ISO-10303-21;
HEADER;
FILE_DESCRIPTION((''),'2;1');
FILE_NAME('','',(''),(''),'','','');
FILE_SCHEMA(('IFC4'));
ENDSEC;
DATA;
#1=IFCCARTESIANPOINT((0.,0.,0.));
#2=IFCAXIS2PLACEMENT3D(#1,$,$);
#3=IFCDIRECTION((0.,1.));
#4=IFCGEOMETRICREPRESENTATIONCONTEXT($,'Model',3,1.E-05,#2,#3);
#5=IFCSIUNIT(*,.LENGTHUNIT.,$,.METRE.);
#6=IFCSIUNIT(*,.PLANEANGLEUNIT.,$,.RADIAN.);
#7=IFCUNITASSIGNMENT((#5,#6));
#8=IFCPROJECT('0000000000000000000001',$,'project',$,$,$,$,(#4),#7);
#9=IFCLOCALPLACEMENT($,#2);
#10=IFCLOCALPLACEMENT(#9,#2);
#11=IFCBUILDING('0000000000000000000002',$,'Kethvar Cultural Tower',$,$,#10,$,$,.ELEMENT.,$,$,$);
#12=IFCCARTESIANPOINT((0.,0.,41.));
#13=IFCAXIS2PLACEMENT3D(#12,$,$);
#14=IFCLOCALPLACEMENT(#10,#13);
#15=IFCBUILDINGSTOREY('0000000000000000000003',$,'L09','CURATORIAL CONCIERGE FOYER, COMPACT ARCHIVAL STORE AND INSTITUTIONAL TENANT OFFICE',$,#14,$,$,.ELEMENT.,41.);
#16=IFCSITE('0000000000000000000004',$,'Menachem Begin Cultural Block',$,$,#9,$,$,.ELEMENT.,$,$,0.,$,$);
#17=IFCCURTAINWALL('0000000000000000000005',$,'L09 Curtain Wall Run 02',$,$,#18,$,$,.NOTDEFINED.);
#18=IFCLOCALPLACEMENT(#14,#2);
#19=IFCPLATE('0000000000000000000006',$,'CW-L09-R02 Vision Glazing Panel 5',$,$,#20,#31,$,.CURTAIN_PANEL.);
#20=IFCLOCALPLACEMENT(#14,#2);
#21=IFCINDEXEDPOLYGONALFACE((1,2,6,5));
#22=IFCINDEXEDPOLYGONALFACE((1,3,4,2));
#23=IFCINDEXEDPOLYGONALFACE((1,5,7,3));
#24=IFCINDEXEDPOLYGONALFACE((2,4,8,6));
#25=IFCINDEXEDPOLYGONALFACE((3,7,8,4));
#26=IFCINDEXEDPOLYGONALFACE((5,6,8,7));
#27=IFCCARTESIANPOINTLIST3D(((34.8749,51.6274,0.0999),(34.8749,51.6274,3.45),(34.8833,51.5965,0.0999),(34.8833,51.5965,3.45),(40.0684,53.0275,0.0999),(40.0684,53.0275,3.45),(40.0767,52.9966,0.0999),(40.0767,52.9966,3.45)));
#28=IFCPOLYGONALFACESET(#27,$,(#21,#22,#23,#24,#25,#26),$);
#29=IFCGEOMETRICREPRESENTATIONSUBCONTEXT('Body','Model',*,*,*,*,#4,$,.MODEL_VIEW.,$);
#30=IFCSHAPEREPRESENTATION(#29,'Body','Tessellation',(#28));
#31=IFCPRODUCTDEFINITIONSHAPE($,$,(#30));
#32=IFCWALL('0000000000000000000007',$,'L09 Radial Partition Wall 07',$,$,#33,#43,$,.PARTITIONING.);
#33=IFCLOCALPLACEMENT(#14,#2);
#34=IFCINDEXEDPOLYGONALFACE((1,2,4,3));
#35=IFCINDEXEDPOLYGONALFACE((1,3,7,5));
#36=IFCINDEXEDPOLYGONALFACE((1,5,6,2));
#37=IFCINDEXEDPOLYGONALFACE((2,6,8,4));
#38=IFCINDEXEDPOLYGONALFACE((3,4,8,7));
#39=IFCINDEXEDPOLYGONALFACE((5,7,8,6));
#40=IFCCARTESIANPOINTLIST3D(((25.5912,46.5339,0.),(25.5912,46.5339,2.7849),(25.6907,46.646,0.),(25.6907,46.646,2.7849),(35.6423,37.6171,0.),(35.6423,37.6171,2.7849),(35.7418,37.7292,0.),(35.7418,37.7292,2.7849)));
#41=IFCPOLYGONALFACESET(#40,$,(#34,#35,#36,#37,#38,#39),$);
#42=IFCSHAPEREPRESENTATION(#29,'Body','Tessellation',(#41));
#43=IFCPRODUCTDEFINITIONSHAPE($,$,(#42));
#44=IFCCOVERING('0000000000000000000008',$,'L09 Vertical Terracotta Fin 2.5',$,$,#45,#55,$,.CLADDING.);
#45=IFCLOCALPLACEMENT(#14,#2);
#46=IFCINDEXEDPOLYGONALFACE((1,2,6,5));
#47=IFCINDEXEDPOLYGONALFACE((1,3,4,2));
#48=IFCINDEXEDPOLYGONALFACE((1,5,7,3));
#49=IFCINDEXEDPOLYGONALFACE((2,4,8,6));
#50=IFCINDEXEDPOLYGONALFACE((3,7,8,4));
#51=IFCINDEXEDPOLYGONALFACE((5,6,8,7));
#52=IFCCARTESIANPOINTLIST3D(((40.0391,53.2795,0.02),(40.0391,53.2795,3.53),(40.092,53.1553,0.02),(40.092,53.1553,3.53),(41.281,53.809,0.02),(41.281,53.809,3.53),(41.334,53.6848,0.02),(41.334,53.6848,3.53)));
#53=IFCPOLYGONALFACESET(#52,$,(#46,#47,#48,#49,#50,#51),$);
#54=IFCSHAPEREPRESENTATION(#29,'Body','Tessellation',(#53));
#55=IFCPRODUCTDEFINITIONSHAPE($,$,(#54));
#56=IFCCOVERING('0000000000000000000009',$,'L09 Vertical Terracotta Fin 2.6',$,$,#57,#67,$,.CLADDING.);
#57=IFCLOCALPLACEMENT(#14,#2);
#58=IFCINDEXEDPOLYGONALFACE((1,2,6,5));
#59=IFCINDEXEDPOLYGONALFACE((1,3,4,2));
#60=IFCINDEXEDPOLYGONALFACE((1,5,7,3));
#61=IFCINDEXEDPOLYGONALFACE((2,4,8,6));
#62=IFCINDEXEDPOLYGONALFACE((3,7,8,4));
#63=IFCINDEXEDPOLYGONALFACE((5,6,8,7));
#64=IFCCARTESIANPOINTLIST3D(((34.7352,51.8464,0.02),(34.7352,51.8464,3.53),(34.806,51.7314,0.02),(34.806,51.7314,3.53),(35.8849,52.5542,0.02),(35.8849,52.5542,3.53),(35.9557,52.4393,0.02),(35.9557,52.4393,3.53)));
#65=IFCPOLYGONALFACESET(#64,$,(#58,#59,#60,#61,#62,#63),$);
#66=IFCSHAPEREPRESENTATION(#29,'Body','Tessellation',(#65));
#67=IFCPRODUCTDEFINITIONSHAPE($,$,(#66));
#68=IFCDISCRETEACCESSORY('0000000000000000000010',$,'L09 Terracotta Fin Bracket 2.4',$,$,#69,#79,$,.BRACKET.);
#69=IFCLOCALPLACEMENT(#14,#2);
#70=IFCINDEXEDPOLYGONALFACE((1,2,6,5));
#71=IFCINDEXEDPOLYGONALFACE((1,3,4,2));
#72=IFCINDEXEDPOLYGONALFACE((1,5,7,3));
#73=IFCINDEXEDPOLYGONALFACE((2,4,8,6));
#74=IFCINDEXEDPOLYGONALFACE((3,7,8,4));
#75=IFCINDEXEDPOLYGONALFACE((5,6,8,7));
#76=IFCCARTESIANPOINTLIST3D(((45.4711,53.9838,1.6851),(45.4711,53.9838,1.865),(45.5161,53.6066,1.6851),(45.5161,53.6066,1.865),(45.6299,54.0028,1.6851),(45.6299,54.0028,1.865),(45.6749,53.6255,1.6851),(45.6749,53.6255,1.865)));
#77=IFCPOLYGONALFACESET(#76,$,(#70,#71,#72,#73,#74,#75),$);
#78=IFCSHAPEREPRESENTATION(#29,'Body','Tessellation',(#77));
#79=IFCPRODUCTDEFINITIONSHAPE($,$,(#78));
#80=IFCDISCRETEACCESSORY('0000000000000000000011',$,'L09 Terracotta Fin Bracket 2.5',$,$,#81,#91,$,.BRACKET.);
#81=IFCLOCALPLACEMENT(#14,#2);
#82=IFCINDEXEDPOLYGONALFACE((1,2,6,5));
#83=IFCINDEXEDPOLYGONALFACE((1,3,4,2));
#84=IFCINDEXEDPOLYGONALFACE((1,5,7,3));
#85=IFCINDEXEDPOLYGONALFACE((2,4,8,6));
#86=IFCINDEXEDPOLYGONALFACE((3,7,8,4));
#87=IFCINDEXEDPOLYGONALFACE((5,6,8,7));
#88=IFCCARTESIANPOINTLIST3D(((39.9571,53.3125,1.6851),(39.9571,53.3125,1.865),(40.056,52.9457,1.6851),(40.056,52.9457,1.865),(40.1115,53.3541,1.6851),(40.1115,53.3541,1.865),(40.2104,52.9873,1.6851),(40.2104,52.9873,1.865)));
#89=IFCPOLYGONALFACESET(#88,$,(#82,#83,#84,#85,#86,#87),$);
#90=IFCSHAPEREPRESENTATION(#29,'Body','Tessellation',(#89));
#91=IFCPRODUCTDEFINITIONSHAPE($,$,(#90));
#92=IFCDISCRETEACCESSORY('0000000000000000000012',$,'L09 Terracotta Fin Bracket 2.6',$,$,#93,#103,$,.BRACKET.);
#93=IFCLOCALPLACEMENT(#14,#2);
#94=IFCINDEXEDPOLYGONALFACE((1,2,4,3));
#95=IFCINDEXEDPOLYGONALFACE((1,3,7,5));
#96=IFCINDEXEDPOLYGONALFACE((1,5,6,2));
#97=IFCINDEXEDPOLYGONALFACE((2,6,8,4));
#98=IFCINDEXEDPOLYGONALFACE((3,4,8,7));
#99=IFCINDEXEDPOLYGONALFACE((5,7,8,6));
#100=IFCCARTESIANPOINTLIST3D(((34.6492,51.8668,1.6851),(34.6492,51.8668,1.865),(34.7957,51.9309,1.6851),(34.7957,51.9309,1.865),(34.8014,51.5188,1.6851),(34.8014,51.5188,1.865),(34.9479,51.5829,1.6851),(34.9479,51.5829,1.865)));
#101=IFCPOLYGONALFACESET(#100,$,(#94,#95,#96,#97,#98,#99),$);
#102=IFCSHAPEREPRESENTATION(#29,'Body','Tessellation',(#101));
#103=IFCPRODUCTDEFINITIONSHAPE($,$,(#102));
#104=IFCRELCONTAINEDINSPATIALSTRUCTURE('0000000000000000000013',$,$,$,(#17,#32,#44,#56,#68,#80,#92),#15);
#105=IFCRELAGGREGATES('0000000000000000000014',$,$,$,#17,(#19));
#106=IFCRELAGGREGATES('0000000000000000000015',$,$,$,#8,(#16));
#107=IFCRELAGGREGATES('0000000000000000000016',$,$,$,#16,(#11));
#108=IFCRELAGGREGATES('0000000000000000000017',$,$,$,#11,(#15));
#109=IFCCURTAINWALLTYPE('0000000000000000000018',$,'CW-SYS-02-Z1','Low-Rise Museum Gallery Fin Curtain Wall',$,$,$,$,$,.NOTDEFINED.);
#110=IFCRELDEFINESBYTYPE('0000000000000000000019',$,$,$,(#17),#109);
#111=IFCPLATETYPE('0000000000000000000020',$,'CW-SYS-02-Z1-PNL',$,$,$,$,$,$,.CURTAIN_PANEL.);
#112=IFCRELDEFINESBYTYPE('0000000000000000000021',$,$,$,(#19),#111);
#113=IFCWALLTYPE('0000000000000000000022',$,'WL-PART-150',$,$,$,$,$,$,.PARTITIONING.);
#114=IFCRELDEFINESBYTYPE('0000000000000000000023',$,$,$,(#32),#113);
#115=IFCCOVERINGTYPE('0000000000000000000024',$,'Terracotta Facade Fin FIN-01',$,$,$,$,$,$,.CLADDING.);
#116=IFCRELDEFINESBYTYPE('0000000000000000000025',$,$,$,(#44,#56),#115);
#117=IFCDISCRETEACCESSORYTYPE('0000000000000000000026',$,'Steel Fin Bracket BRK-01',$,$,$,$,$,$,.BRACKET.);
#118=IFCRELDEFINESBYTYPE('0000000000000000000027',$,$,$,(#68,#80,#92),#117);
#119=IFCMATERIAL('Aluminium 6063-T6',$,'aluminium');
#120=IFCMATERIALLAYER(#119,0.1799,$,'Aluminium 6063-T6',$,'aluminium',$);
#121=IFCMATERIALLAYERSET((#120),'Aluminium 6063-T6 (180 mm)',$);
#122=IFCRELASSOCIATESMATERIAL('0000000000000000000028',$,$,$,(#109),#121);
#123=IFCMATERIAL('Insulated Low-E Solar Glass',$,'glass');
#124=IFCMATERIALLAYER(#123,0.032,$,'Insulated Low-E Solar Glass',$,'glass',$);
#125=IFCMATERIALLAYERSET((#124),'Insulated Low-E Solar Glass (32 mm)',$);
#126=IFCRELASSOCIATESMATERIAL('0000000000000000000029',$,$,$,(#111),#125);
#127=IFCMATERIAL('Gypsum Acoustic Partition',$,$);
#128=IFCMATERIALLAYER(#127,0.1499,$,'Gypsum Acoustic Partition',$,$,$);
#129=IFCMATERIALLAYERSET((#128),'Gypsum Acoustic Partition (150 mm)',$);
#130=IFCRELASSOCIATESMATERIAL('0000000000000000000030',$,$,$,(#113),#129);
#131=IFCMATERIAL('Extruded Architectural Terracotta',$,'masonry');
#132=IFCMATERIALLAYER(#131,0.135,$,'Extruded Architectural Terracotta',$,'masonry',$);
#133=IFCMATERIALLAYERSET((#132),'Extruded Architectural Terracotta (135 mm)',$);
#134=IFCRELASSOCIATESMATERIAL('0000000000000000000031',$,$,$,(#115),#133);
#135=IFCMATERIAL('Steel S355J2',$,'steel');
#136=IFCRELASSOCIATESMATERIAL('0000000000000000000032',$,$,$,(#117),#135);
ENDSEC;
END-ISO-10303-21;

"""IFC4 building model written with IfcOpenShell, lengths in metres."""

from ifc_helpers import new_model, si_unit, direction, frame, frame_2d, origin, origin_2d, place, context, subcontext, project, spatial, rectangle, extrude, source, transform, mapped, material, layer, layer_set, type_object, element, aggregate, save


model = new_model("IFC4")

# Units and contexts
model_context = context("Model", 3, precision=1e-05, world=origin(), true_north=direction((0.0, 1.0)))
body_context = subcontext(model_context, "Body", "Model", "MODEL_VIEW")
ifc_project = project(units=[si_unit("LENGTHUNIT", "METRE"), si_unit("PLANEANGLEUNIT", "RADIAN")], contexts=[model_context])

# Site, building, storey
site_placement = place(None, origin())
site = spatial("IfcSite", under=ifc_project, at=site_placement, Name="Menachem Begin Cultural Block", CompositionType="ELEMENT", RefElevation=0.0)
building_placement = place(site_placement, origin())
building = spatial("IfcBuilding", under=site, at=building_placement, Name="Kethvar Cultural Tower", CompositionType="ELEMENT")
storey_placement = place(building_placement, frame((0.0, 0.0, 41.0)))
storey = spatial("IfcBuildingStorey", under=building, at=storey_placement, Name="L09", Description="CURATORIAL CONCIERGE FOYER, COMPACT ARCHIVAL STORE AND INSTITUTIONAL TENANT OFFICE", CompositionType="ELEMENT", Elevation=41.0)

# Shared definitions
ifc_material_1 = material(Name="Steel S355J2", Category="steel")

# Curtain wall, plate
ifc_material_2 = material(Name="Aluminium 6063-T6", Category="aluminium")
ifc_layer_1 = layer(ifc_material_2, 0.1799, Name="Aluminium 6063-T6", Category="aluminium")
ifc_layer_set_1 = layer_set([ifc_layer_1], Name="Aluminium 6063-T6 (180 mm)")
curtain_wall_type = type_object("IfcCurtainWallType", Name="CW-SYS-02-Z1", Description="Low-Rise Museum Gallery Fin Curtain Wall", PredefinedType="NOTDEFINED", material=ifc_layer_set_1)
curtain_wall_placement = place(storey_placement, origin())
curtain_wall = element("IfcCurtainWall", 1, at=curtain_wall_placement, inside=storey, type_object=curtain_wall_type, Name="L09 Curtain Wall Run 02", PredefinedType="NOTDEFINED")
ifc_material_3 = material(Name="Insulated Low-E Solar Glass", Category="glass")
ifc_layer_2 = layer(ifc_material_3, 0.032, Name="Insulated Low-E Solar Glass", Category="glass")
ifc_layer_set_2 = layer_set([ifc_layer_2], Name="Insulated Low-E Solar Glass (32 mm)")
plate_type = type_object("IfcPlateType", Name="CW-SYS-02-Z1-PNL", PredefinedType="CURTAIN_PANEL", material=ifc_layer_set_2)
shared_shape_1 = source(origin(), body_context, "Body", "SweptSolid", [
    extrude(rectangle(XDim=5.3789, YDim=0.032, at=origin_2d()), origin(), (0.0, 0.0, 1.0), 3.3501),
])
plate_1_placement = place(storey_placement, frame((37.4758, 52.312, 0.0999), z_axis=(0.0, 0.0, 1.0), x_axis=(-0.965527, -0.260302, 0.0)))
plate_1 = element("IfcPlate", 2, at=plate_1_placement, type_object=plate_type, Name="CW-L09-R02 Vision Glazing Panel 5", PredefinedType="CURTAIN_PANEL", context=body_context, shape_type="MappedRepresentation", body=[
    mapped(shared_shape_1, transform((0.0, 0.0, 0.0), scale=1.0)),
])
aggregate(curtain_wall, [plate_1])

# Wall
ifc_material_4 = material(Name="Gypsum Acoustic Partition")
ifc_layer_3 = layer(ifc_material_4, 0.1499, Name="Gypsum Acoustic Partition")
ifc_layer_set_3 = layer_set([ifc_layer_3], Name="Gypsum Acoustic Partition (150 mm)")
wall_type = type_object("IfcWallType", Name="WL-PART-150", PredefinedType="PARTITIONING", material=ifc_layer_set_3)
wall_placement = place(storey_placement, frame((35.6921, 37.6731, 0.0), z_axis=(0.0, 0.0, 1.0), x_axis=(-0.748056, 0.663636, 0.0)))
element("IfcWall", 3, at=wall_placement, inside=storey, type_object=wall_type, Name="L09 Radial Partition Wall 07", PredefinedType="PARTITIONING", context=body_context, shape_type="SweptSolid", body=[
    extrude(rectangle(XDim=13.4363, YDim=0.1499, at=frame_2d((6.7183, 0.0))), origin(), (0.0, 0.0, 1.0), 2.7849),
])

# Coverings
ifc_material_5 = material(Name="Extruded Architectural Terracotta", Category="masonry")
ifc_layer_4 = layer(ifc_material_5, 0.135, Name="Extruded Architectural Terracotta", Category="masonry")
ifc_layer_set_4 = layer_set([ifc_layer_4], Name="Extruded Architectural Terracotta (135 mm)")
covering_type = type_object("IfcCoveringType", Name="Terracotta Facade Fin FIN-01", PredefinedType="CLADDING", material=ifc_layer_set_4)
shared_shape_2 = source(origin(), body_context, "Body", "SweptSolid", [
    extrude(rectangle(XDim=1.3501, YDim=0.135, at=origin_2d()), origin(), (0.0, 0.0, 1.0), 3.51),
])
for number, where, z_axis, x_axis, name in (
    (4, (40.6865, 53.4822, 0.02), (0.0, 0.0, 1.0), (0.91989, 0.392177, 0.0), "L09 Vertical Terracotta Fin 2.5"),
    (5, (35.3455, 52.1428, 0.02), (0.0, 0.0, 1.0), (0.851544, 0.524283, 0.0), "L09 Vertical Terracotta Fin 2.6"),
):
    element("IfcCovering", number, at=place(storey_placement, frame(where, z_axis=z_axis, x_axis=x_axis)), inside=storey, type_object=covering_type, Name=name, PredefinedType="CLADDING", context=body_context, shape_type="MappedRepresentation", body=[
        mapped(shared_shape_2, transform((0.0, 0.0, 0.0), scale=1.0)),
    ])

# Discrete accessories
discrete_accessory_type = type_object("IfcDiscreteAccessoryType", Name="Steel Fin Bracket BRK-01", PredefinedType="BRACKET", material=ifc_material_1)
shared_shape_3 = source(origin(), body_context, "Body", "SweptSolid", [
    extrude(rectangle(XDim=0.3799, YDim=0.1599, at=origin_2d()), origin(), (0.0, 0.0, 1.0), 0.1799),
])
for number, where, z_axis, x_axis, name in (
    (6, (45.573, 53.8047, 1.6851), (0.0, 0.0, 1.0), (-0.118404, 0.992966, 0.0), "L09 Terracotta Fin Bracket 2.4"),
    (7, (40.0837, 53.1499, 1.6851), (0.0, 0.0, 1.0), (-0.260336, 0.965518, 0.0), "L09 Terracotta Fin Bracket 2.5"),
    (8, (34.7986, 51.7249, 1.6851), (0.0, 0.0, 1.0), (-0.400669, 0.916223, 0.0), "L09 Terracotta Fin Bracket 2.6"),
):
    element("IfcDiscreteAccessory", number, at=place(storey_placement, frame(where, z_axis=z_axis, x_axis=x_axis)), inside=storey, type_object=discrete_accessory_type, Name=name, PredefinedType="BRACKET", context=body_context, shape_type="MappedRepresentation", body=[
        mapped(shared_shape_3, transform((0.0, 0.0, 0.0), scale=1.0)),
    ])

save(model, "model.ifc")
